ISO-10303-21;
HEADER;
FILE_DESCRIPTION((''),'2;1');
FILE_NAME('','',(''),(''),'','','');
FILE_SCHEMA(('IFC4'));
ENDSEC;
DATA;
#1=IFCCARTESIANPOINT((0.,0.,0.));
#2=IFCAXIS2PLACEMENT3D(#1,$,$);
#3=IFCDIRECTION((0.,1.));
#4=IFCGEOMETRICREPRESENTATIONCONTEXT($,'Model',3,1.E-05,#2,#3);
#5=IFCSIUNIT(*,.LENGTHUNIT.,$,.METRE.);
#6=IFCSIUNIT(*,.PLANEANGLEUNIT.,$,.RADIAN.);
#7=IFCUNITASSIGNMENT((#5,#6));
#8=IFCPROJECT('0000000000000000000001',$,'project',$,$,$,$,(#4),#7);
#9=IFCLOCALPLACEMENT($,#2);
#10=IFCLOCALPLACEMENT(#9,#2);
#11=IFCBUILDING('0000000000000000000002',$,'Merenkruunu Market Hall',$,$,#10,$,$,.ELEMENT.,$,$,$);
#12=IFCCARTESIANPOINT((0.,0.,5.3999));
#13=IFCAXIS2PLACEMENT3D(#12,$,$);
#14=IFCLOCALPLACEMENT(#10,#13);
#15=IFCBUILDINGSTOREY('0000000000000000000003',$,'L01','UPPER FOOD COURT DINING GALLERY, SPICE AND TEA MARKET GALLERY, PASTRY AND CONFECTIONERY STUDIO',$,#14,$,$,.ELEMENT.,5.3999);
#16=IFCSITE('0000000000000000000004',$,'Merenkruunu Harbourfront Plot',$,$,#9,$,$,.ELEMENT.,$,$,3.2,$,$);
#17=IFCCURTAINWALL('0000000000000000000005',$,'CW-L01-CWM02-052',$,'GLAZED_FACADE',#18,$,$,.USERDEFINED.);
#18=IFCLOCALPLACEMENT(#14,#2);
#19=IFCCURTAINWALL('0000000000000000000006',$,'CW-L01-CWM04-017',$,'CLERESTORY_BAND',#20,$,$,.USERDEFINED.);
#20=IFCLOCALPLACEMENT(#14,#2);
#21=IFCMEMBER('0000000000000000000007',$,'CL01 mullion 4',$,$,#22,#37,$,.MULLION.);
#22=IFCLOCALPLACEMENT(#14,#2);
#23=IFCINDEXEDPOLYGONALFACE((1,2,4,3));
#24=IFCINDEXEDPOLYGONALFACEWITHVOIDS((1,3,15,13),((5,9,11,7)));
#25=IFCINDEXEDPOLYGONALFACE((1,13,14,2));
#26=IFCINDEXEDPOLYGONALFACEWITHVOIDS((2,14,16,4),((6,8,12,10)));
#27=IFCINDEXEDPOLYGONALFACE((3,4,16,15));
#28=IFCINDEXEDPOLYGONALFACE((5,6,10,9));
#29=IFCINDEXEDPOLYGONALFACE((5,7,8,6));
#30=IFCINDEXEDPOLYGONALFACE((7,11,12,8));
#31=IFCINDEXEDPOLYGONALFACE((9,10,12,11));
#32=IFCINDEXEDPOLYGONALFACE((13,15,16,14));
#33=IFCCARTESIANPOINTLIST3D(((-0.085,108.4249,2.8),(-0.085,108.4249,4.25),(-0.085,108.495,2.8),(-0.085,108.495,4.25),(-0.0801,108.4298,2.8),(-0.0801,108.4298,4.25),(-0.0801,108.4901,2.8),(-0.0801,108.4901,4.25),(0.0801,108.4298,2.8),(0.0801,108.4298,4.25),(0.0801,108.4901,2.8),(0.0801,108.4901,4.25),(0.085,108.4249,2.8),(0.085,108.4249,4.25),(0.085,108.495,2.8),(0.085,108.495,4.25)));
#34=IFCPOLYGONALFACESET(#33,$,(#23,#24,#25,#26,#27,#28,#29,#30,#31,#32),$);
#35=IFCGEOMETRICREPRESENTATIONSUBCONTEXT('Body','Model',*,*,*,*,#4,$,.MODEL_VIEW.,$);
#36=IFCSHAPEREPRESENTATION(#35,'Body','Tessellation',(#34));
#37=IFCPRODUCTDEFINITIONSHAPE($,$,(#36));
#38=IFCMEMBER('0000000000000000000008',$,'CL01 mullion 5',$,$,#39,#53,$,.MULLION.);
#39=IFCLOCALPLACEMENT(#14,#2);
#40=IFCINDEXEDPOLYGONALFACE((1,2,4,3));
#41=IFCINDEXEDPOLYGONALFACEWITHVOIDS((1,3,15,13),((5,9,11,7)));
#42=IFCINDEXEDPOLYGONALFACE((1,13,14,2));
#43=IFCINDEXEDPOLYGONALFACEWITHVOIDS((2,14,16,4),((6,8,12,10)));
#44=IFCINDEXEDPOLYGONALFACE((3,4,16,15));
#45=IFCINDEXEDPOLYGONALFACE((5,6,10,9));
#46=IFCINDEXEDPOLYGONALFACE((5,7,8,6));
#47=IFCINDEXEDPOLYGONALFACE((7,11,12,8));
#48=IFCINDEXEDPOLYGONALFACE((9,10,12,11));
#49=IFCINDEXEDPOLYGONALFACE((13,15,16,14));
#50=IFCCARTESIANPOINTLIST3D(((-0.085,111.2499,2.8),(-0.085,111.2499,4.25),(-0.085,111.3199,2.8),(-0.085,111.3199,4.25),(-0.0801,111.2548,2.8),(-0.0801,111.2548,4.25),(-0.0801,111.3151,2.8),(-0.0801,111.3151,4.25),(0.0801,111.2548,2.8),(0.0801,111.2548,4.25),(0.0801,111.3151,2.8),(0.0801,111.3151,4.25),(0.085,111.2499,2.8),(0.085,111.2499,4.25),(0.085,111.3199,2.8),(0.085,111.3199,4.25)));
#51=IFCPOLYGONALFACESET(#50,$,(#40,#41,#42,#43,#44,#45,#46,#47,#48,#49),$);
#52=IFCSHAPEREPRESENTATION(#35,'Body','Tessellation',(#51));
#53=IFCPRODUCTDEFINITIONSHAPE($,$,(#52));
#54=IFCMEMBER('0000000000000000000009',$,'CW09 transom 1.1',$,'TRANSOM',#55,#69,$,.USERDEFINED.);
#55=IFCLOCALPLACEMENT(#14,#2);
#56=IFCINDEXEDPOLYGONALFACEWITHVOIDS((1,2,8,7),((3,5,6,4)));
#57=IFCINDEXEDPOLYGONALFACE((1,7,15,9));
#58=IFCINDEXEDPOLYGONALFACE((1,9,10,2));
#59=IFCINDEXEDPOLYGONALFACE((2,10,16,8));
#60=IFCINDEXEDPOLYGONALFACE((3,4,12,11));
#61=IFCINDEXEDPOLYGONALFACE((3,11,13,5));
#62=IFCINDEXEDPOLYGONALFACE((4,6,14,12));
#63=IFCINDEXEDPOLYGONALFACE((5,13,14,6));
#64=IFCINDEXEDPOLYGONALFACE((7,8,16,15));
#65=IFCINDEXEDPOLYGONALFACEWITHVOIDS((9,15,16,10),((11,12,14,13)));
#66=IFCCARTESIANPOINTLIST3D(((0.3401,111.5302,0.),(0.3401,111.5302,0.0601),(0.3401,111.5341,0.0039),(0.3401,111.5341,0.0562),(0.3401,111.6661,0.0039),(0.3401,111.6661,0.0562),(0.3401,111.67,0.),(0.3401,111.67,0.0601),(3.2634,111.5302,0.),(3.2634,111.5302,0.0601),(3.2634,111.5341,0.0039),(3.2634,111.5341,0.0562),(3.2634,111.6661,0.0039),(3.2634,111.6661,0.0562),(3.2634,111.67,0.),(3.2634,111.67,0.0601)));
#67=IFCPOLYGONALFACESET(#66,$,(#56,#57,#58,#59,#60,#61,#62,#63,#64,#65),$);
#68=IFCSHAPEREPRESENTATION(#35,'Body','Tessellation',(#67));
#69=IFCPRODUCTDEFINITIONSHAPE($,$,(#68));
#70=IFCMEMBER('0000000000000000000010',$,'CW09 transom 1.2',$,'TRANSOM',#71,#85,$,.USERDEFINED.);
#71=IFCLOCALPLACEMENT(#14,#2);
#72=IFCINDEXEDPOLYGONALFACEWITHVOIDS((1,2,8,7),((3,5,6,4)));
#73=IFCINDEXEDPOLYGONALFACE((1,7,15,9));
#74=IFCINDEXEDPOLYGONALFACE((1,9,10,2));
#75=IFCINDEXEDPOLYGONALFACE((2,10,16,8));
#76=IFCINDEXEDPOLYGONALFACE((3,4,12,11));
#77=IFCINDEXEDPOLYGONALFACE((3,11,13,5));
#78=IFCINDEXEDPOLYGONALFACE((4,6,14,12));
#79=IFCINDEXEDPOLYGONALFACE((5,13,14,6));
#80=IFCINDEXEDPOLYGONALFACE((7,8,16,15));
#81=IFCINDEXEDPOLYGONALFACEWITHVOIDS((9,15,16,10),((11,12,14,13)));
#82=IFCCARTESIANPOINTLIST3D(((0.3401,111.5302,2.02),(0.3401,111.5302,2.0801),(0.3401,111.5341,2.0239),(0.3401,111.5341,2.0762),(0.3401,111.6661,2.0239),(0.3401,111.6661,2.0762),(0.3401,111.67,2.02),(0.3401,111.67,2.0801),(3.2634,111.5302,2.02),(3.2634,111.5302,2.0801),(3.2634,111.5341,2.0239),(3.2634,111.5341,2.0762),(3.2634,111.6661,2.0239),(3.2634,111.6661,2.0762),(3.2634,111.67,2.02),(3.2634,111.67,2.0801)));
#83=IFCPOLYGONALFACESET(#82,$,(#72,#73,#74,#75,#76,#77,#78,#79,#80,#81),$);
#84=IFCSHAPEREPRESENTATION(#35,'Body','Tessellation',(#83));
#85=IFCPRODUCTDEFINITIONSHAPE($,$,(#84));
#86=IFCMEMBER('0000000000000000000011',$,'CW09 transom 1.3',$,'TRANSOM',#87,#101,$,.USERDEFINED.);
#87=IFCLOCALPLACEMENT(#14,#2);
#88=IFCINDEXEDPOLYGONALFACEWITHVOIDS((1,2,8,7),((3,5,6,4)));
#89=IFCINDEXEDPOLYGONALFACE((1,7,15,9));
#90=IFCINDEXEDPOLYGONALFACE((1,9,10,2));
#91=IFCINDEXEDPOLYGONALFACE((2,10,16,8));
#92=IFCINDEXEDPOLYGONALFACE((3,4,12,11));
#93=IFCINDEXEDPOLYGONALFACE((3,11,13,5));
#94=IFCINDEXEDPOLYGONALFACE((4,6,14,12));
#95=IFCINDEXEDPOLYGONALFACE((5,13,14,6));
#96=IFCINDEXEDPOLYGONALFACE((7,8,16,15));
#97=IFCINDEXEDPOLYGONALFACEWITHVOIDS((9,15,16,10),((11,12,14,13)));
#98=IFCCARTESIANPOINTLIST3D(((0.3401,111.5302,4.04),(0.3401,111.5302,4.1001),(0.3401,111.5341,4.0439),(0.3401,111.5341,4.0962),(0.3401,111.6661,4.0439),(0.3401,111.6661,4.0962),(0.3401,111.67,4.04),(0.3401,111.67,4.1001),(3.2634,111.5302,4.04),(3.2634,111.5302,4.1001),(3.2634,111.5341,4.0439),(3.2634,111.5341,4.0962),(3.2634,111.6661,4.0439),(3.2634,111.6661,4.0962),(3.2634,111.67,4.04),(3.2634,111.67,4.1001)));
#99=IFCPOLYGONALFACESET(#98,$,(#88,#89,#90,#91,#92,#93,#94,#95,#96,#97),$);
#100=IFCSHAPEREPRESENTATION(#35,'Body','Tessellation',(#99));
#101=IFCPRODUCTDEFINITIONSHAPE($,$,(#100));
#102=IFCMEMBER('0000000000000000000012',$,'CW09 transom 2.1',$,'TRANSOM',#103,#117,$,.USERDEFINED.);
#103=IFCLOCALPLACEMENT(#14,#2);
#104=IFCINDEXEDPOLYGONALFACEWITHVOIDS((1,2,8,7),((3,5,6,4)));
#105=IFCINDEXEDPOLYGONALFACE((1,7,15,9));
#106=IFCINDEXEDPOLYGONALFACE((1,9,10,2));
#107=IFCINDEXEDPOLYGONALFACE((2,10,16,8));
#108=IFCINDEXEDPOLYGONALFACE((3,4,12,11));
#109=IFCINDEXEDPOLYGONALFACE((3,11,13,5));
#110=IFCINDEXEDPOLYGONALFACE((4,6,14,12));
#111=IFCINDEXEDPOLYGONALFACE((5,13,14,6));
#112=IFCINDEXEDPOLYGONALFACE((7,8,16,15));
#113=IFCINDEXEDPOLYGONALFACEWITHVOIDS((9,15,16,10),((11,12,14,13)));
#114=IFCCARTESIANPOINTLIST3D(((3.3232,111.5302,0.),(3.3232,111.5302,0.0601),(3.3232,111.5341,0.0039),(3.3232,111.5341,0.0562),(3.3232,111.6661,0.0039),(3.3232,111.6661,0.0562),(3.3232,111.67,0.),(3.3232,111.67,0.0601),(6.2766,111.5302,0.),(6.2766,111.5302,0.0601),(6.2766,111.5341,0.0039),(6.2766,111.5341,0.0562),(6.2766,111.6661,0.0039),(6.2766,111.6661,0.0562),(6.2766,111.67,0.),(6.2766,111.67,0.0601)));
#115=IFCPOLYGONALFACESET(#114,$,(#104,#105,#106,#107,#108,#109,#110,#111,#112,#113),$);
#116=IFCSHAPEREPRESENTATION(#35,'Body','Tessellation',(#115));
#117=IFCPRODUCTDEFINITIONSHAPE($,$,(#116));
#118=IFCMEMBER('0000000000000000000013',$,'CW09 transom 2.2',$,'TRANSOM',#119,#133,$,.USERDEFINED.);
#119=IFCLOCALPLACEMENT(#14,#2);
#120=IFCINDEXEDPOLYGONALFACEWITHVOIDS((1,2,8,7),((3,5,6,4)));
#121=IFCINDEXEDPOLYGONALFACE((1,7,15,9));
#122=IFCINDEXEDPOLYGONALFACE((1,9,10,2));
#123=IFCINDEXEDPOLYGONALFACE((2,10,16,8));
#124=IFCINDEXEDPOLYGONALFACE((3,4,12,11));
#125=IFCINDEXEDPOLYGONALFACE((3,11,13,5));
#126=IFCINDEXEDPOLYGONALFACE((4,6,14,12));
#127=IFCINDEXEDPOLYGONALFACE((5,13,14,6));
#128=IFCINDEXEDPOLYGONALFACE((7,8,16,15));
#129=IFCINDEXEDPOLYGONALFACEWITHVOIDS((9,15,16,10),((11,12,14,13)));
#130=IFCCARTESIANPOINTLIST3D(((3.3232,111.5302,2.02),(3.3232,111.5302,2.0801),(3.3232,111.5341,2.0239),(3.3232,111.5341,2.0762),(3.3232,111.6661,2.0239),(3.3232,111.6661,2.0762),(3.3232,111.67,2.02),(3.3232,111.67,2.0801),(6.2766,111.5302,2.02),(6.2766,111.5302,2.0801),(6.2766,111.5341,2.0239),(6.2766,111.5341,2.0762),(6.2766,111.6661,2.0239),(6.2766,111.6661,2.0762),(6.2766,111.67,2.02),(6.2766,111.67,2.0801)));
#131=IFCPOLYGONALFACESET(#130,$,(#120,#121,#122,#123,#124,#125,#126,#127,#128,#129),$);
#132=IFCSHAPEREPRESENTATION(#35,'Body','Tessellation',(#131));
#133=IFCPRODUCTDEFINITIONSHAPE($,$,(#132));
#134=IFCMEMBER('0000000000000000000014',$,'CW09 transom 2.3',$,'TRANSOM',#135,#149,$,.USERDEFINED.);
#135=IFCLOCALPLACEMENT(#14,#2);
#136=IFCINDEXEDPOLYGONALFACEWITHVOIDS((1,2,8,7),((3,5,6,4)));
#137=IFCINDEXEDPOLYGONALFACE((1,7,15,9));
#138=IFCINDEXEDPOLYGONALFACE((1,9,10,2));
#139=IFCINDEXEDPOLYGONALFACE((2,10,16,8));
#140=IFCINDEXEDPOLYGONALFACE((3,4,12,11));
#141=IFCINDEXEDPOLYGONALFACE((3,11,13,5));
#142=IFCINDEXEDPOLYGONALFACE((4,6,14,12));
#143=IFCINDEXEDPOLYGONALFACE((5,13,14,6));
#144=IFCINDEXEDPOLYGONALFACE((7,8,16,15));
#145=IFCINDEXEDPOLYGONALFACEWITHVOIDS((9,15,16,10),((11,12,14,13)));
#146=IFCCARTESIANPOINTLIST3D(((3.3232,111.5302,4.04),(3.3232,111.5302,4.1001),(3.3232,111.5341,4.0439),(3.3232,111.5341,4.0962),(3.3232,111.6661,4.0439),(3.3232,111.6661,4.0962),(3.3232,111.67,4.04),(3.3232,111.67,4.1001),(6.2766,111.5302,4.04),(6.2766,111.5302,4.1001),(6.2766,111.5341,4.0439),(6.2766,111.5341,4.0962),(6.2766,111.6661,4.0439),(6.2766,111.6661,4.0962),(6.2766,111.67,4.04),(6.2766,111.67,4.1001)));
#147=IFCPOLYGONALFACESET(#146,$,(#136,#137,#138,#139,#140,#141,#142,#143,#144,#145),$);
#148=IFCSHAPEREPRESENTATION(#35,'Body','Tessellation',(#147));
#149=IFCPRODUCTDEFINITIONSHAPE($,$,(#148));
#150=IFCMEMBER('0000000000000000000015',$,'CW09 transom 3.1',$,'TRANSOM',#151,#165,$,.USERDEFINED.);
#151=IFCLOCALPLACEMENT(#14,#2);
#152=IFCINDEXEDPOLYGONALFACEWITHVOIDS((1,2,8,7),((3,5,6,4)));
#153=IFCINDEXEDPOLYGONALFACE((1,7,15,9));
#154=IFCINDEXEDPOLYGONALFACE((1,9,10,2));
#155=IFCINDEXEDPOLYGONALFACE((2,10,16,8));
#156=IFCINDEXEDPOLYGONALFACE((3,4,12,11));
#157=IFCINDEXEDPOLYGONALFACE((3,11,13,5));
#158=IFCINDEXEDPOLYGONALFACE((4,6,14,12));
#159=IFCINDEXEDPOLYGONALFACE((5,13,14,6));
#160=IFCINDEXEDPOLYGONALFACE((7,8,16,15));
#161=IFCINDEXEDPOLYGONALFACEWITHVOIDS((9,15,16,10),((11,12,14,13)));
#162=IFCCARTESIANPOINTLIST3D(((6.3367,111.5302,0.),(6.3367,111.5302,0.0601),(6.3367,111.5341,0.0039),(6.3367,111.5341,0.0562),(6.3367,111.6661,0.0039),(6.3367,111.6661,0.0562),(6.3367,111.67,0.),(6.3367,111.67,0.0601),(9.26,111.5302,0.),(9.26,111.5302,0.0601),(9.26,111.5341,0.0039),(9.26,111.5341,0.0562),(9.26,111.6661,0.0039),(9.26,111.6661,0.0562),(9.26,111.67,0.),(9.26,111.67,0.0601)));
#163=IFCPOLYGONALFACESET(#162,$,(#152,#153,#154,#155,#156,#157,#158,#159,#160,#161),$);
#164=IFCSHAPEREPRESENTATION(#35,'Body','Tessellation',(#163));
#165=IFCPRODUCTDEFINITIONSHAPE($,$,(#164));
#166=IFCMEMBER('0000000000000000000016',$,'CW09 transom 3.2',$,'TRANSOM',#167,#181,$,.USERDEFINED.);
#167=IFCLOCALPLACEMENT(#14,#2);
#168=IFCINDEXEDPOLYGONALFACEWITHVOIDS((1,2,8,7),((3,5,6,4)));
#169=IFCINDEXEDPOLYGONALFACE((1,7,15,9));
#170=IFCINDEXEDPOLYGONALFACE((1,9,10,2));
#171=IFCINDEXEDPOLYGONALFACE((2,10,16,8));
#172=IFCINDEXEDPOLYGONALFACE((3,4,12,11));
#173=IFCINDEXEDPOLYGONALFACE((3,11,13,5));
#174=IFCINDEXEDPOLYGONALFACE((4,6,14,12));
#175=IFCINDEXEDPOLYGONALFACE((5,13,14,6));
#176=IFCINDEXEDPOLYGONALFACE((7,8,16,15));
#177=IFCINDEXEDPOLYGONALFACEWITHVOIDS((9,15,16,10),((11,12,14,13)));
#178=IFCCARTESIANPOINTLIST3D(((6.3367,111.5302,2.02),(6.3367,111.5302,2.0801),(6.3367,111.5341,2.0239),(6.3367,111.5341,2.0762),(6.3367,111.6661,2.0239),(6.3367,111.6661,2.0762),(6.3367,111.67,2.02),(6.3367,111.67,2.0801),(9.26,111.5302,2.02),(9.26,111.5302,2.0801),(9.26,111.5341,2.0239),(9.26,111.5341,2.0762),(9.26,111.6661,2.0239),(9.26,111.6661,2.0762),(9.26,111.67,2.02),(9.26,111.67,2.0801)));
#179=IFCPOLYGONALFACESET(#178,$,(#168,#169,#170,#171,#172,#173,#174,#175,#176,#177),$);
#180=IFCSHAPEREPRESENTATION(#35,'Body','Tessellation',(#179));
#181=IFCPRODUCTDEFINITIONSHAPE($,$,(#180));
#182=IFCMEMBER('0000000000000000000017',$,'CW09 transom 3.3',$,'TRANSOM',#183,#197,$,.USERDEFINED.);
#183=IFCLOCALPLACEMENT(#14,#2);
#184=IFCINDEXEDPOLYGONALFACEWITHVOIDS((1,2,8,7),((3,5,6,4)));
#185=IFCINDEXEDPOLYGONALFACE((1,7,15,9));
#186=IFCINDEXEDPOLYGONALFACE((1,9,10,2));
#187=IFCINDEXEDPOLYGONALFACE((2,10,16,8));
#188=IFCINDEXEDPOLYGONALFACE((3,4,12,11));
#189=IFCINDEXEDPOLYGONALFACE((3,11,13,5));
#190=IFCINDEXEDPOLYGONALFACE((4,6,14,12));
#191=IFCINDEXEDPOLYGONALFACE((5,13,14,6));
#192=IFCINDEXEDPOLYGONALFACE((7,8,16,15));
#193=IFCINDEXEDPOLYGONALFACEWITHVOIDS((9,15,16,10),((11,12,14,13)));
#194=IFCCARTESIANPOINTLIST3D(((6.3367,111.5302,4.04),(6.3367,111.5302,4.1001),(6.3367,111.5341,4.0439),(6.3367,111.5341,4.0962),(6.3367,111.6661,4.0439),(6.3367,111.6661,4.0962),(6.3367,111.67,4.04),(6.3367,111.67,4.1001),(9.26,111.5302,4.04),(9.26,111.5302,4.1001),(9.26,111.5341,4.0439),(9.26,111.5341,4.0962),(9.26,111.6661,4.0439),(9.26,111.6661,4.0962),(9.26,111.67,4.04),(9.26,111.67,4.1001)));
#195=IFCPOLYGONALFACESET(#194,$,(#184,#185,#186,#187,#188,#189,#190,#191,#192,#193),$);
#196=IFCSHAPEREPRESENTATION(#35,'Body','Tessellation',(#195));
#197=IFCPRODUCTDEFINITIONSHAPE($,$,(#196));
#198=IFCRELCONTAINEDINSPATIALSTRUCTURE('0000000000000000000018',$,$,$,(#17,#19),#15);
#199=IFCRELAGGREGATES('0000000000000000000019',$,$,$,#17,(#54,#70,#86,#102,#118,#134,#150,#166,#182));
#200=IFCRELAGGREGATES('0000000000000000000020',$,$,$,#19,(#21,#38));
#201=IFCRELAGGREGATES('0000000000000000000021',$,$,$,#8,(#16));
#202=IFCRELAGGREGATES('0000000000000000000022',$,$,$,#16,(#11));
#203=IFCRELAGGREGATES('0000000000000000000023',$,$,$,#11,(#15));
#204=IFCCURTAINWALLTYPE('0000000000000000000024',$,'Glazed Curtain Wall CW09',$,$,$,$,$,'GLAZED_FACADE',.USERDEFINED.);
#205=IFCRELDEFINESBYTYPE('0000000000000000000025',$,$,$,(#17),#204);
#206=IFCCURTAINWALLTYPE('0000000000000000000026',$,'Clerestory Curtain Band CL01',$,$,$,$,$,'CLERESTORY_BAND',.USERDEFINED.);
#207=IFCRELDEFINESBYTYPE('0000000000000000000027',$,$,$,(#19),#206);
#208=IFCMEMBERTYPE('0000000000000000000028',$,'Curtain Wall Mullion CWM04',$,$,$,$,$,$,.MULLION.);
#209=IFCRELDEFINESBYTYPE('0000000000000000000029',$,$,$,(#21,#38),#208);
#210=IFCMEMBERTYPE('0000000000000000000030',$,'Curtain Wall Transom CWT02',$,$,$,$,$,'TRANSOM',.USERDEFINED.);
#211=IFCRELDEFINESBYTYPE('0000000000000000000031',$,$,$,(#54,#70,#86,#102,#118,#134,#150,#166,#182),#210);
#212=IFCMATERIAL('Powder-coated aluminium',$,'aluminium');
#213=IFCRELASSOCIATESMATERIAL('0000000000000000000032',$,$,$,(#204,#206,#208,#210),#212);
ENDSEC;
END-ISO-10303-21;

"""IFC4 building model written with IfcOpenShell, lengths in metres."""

from ifc_helpers import new_model, si_unit, direction, frame, origin, origin_2d, place, context, subcontext, project, spatial, hollow_rectangle, extrude, material, material_profile, profile_set, type_object, element, aggregate, save


model = new_model("IFC4")

# Units and contexts
model_context = context("Model", 3, precision=1e-05, world=origin(), true_north=direction((0.0, 1.0)))
body_context = subcontext(model_context, "Body", "Model", "MODEL_VIEW")
ifc_project = project(units=[si_unit("LENGTHUNIT", "METRE"), si_unit("PLANEANGLEUNIT", "RADIAN")], contexts=[model_context])

# Site, building, storey
site_placement = place(None, origin())
site = spatial("IfcSite", under=ifc_project, at=site_placement, Name="Merenkruunu Harbourfront Plot", CompositionType="ELEMENT", RefElevation=3.2)
building_placement = place(site_placement, origin())
building = spatial("IfcBuilding", under=site, at=building_placement, Name="Merenkruunu Market Hall", CompositionType="ELEMENT")
storey_placement = place(building_placement, frame((0.0, 0.0, 5.3999)))
storey = spatial("IfcBuildingStorey", under=building, at=storey_placement, Name="L01", Description="UPPER FOOD COURT DINING GALLERY, SPICE AND TEA MARKET GALLERY, PASTRY AND CONFECTIONERY STUDIO", CompositionType="ELEMENT", Elevation=5.3999)

# Curtain walls, members
ifc_material_1 = material(Name="Powder-coated aluminium", Category="aluminium")
curtain_wall_type_1 = type_object("IfcCurtainWallType", Name="Glazed Curtain Wall CW09", ElementType="GLAZED_FACADE", PredefinedType="USERDEFINED", material=ifc_material_1)
curtain_wall_1_placement = place(storey_placement, origin())
curtain_wall_1 = element("IfcCurtainWall", 1, at=curtain_wall_1_placement, inside=storey, type_object=curtain_wall_type_1, Name="CW-L01-CWM02-052", ObjectType="GLAZED_FACADE", PredefinedType="USERDEFINED")
curtain_wall_type_2 = type_object("IfcCurtainWallType", Name="Clerestory Curtain Band CL01", ElementType="CLERESTORY_BAND", PredefinedType="USERDEFINED", material=ifc_material_1)
curtain_wall_2_placement = place(storey_placement, origin())
curtain_wall_2 = element("IfcCurtainWall", 2, at=curtain_wall_2_placement, inside=storey, type_object=curtain_wall_type_2, Name="CW-L01-CWM04-017", ObjectType="CLERESTORY_BAND", PredefinedType="USERDEFINED")
ifc_material_profile_1 = material_profile(ifc_material_1, hollow_rectangle(XDim=0.0701, YDim=0.1699, WallThickness=0.0049, at=origin_2d()), Name="ALU 70x170x5")
ifc_profile_set_1 = profile_set([ifc_material_profile_1], Name="Powder-coated aluminium")
member_type_1 = type_object("IfcMemberType", Name="Curtain Wall Mullion CWM04", PredefinedType="MULLION", material=ifc_profile_set_1)
member_1_placement = place(storey_placement, frame((0.0, 108.46, 2.8), z_axis=(0.0, 0.0, 1.0), x_axis=(0.0, 1.0, 0.0)))
member_1 = element("IfcMember", 3, at=member_1_placement, type_object=member_type_1, Name="CL01 mullion 4", PredefinedType="MULLION", context=body_context, shape_type="SweptSolid", body=[
    extrude(hollow_rectangle(XDim=0.0701, YDim=0.1699, WallThickness=0.0049, at=origin_2d()), origin(), (0.0, 0.0, 1.0), 1.45),
])
member_2_placement = place(storey_placement, frame((0.0, 111.2849, 2.8), z_axis=(0.0, 0.0, 1.0), x_axis=(0.0, 1.0, 0.0)))
member_2 = element("IfcMember", 4, at=member_2_placement, type_object=member_type_1, Name="CL01 mullion 5", PredefinedType="MULLION", context=body_context, shape_type="SweptSolid", body=[
    extrude(hollow_rectangle(XDim=0.0701, YDim=0.1699, WallThickness=0.0049, at=origin_2d()), origin(), (0.0, 0.0, 1.0), 1.45),
])

# Members
ifc_material_profile_2 = material_profile(ifc_material_1, hollow_rectangle(XDim=0.0601, YDim=0.1399, WallThickness=0.0039, at=origin_2d()), Name="ALU 60x140x4")
ifc_profile_set_2 = profile_set([ifc_material_profile_2], Name="Powder-coated aluminium")
member_type_2 = type_object("IfcMemberType", Name="Curtain Wall Transom CWT02", ElementType="TRANSOM", PredefinedType="USERDEFINED", material=ifc_profile_set_2)
member_3_placement = place(storey_placement, frame((0.3401, 111.6001, 0.03), z_axis=(1.0, 0.0, 0.0), x_axis=(0.0, 0.0, 1.0)))
member_3 = element("IfcMember", 5, at=member_3_placement, type_object=member_type_2, Name="CW09 transom 1.1", ObjectType="TRANSOM", PredefinedType="USERDEFINED", context=body_context, shape_type="SweptSolid", body=[
    extrude(hollow_rectangle(XDim=0.0601, YDim=0.1399, WallThickness=0.0039, at=origin_2d()), origin(), (0.0, 0.0, 1.0), 2.9233),
])
member_4_placement = place(storey_placement, frame((0.3401, 111.6001, 2.05), z_axis=(1.0, 0.0, 0.0), x_axis=(0.0, 0.0, 1.0)))
member_4 = element("IfcMember", 6, at=member_4_placement, type_object=member_type_2, Name="CW09 transom 1.2", ObjectType="TRANSOM", PredefinedType="USERDEFINED", context=body_context, shape_type="SweptSolid", body=[
    extrude(hollow_rectangle(XDim=0.0601, YDim=0.1399, WallThickness=0.0039, at=origin_2d()), origin(), (0.0, 0.0, 1.0), 2.9233),
])
member_5_placement = place(storey_placement, frame((0.3401, 111.6001, 4.0701), z_axis=(1.0, 0.0, 0.0), x_axis=(0.0, 0.0, 1.0)))
member_5 = element("IfcMember", 7, at=member_5_placement, type_object=member_type_2, Name="CW09 transom 1.3", ObjectType="TRANSOM", PredefinedType="USERDEFINED", context=body_context, shape_type="SweptSolid", body=[
    extrude(hollow_rectangle(XDim=0.0601, YDim=0.1399, WallThickness=0.0039, at=origin_2d()), origin(), (0.0, 0.0, 1.0), 2.9233),
])
member_6_placement = place(storey_placement, frame((3.3232, 111.6001, 0.03), z_axis=(1.0, 0.0, 0.0), x_axis=(0.0, 0.0, 1.0)))
member_6 = element("IfcMember", 8, at=member_6_placement, type_object=member_type_2, Name="CW09 transom 2.1", ObjectType="TRANSOM", PredefinedType="USERDEFINED", context=body_context, shape_type="SweptSolid", body=[
    extrude(hollow_rectangle(XDim=0.0601, YDim=0.1399, WallThickness=0.0039, at=origin_2d()), origin(), (0.0, 0.0, 1.0), 2.9534),
])
member_7_placement = place(storey_placement, frame((3.3232, 111.6001, 2.05), z_axis=(1.0, 0.0, 0.0), x_axis=(0.0, 0.0, 1.0)))
member_7 = element("IfcMember", 9, at=member_7_placement, type_object=member_type_2, Name="CW09 transom 2.2", ObjectType="TRANSOM", PredefinedType="USERDEFINED", context=body_context, shape_type="SweptSolid", body=[
    extrude(hollow_rectangle(XDim=0.0601, YDim=0.1399, WallThickness=0.0039, at=origin_2d()), origin(), (0.0, 0.0, 1.0), 2.9534),
])
member_8_placement = place(storey_placement, frame((3.3232, 111.6001, 4.0701), z_axis=(1.0, 0.0, 0.0), x_axis=(0.0, 0.0, 1.0)))
member_8 = element("IfcMember", 10, at=member_8_placement, type_object=member_type_2, Name="CW09 transom 2.3", ObjectType="TRANSOM", PredefinedType="USERDEFINED", context=body_context, shape_type="SweptSolid", body=[
    extrude(hollow_rectangle(XDim=0.0601, YDim=0.1399, WallThickness=0.0039, at=origin_2d()), origin(), (0.0, 0.0, 1.0), 2.9534),
])
member_9_placement = place(storey_placement, frame((6.3367, 111.6001, 0.03), z_axis=(1.0, 0.0, 0.0), x_axis=(0.0, 0.0, 1.0)))
member_9 = element("IfcMember", 11, at=member_9_placement, type_object=member_type_2, Name="CW09 transom 3.1", ObjectType="TRANSOM", PredefinedType="USERDEFINED", context=body_context, shape_type="SweptSolid", body=[
    extrude(hollow_rectangle(XDim=0.0601, YDim=0.1399, WallThickness=0.0039, at=origin_2d()), origin(), (0.0, 0.0, 1.0), 2.9233),
])
member_10_placement = place(storey_placement, frame((6.3367, 111.6001, 2.05), z_axis=(1.0, 0.0, 0.0), x_axis=(0.0, 0.0, 1.0)))
member_10 = element("IfcMember", 12, at=member_10_placement, type_object=member_type_2, Name="CW09 transom 3.2", ObjectType="TRANSOM", PredefinedType="USERDEFINED", context=body_context, shape_type="SweptSolid", body=[
    extrude(hollow_rectangle(XDim=0.0601, YDim=0.1399, WallThickness=0.0039, at=origin_2d()), origin(), (0.0, 0.0, 1.0), 2.9233),
])
member_11_placement = place(storey_placement, frame((6.3367, 111.6001, 4.0701), z_axis=(1.0, 0.0, 0.0), x_axis=(0.0, 0.0, 1.0)))
member_11 = element("IfcMember", 13, at=member_11_placement, type_object=member_type_2, Name="CW09 transom 3.3", ObjectType="TRANSOM", PredefinedType="USERDEFINED", context=body_context, shape_type="SweptSolid", body=[
    extrude(hollow_rectangle(XDim=0.0601, YDim=0.1399, WallThickness=0.0039, at=origin_2d()), origin(), (0.0, 0.0, 1.0), 2.9233),
])

aggregate(curtain_wall_1, [member_3, member_4, member_5, member_6, member_7, member_8, member_9, member_10, member_11])
aggregate(curtain_wall_2, [member_1, member_2])

save(model, "model.ifc")
